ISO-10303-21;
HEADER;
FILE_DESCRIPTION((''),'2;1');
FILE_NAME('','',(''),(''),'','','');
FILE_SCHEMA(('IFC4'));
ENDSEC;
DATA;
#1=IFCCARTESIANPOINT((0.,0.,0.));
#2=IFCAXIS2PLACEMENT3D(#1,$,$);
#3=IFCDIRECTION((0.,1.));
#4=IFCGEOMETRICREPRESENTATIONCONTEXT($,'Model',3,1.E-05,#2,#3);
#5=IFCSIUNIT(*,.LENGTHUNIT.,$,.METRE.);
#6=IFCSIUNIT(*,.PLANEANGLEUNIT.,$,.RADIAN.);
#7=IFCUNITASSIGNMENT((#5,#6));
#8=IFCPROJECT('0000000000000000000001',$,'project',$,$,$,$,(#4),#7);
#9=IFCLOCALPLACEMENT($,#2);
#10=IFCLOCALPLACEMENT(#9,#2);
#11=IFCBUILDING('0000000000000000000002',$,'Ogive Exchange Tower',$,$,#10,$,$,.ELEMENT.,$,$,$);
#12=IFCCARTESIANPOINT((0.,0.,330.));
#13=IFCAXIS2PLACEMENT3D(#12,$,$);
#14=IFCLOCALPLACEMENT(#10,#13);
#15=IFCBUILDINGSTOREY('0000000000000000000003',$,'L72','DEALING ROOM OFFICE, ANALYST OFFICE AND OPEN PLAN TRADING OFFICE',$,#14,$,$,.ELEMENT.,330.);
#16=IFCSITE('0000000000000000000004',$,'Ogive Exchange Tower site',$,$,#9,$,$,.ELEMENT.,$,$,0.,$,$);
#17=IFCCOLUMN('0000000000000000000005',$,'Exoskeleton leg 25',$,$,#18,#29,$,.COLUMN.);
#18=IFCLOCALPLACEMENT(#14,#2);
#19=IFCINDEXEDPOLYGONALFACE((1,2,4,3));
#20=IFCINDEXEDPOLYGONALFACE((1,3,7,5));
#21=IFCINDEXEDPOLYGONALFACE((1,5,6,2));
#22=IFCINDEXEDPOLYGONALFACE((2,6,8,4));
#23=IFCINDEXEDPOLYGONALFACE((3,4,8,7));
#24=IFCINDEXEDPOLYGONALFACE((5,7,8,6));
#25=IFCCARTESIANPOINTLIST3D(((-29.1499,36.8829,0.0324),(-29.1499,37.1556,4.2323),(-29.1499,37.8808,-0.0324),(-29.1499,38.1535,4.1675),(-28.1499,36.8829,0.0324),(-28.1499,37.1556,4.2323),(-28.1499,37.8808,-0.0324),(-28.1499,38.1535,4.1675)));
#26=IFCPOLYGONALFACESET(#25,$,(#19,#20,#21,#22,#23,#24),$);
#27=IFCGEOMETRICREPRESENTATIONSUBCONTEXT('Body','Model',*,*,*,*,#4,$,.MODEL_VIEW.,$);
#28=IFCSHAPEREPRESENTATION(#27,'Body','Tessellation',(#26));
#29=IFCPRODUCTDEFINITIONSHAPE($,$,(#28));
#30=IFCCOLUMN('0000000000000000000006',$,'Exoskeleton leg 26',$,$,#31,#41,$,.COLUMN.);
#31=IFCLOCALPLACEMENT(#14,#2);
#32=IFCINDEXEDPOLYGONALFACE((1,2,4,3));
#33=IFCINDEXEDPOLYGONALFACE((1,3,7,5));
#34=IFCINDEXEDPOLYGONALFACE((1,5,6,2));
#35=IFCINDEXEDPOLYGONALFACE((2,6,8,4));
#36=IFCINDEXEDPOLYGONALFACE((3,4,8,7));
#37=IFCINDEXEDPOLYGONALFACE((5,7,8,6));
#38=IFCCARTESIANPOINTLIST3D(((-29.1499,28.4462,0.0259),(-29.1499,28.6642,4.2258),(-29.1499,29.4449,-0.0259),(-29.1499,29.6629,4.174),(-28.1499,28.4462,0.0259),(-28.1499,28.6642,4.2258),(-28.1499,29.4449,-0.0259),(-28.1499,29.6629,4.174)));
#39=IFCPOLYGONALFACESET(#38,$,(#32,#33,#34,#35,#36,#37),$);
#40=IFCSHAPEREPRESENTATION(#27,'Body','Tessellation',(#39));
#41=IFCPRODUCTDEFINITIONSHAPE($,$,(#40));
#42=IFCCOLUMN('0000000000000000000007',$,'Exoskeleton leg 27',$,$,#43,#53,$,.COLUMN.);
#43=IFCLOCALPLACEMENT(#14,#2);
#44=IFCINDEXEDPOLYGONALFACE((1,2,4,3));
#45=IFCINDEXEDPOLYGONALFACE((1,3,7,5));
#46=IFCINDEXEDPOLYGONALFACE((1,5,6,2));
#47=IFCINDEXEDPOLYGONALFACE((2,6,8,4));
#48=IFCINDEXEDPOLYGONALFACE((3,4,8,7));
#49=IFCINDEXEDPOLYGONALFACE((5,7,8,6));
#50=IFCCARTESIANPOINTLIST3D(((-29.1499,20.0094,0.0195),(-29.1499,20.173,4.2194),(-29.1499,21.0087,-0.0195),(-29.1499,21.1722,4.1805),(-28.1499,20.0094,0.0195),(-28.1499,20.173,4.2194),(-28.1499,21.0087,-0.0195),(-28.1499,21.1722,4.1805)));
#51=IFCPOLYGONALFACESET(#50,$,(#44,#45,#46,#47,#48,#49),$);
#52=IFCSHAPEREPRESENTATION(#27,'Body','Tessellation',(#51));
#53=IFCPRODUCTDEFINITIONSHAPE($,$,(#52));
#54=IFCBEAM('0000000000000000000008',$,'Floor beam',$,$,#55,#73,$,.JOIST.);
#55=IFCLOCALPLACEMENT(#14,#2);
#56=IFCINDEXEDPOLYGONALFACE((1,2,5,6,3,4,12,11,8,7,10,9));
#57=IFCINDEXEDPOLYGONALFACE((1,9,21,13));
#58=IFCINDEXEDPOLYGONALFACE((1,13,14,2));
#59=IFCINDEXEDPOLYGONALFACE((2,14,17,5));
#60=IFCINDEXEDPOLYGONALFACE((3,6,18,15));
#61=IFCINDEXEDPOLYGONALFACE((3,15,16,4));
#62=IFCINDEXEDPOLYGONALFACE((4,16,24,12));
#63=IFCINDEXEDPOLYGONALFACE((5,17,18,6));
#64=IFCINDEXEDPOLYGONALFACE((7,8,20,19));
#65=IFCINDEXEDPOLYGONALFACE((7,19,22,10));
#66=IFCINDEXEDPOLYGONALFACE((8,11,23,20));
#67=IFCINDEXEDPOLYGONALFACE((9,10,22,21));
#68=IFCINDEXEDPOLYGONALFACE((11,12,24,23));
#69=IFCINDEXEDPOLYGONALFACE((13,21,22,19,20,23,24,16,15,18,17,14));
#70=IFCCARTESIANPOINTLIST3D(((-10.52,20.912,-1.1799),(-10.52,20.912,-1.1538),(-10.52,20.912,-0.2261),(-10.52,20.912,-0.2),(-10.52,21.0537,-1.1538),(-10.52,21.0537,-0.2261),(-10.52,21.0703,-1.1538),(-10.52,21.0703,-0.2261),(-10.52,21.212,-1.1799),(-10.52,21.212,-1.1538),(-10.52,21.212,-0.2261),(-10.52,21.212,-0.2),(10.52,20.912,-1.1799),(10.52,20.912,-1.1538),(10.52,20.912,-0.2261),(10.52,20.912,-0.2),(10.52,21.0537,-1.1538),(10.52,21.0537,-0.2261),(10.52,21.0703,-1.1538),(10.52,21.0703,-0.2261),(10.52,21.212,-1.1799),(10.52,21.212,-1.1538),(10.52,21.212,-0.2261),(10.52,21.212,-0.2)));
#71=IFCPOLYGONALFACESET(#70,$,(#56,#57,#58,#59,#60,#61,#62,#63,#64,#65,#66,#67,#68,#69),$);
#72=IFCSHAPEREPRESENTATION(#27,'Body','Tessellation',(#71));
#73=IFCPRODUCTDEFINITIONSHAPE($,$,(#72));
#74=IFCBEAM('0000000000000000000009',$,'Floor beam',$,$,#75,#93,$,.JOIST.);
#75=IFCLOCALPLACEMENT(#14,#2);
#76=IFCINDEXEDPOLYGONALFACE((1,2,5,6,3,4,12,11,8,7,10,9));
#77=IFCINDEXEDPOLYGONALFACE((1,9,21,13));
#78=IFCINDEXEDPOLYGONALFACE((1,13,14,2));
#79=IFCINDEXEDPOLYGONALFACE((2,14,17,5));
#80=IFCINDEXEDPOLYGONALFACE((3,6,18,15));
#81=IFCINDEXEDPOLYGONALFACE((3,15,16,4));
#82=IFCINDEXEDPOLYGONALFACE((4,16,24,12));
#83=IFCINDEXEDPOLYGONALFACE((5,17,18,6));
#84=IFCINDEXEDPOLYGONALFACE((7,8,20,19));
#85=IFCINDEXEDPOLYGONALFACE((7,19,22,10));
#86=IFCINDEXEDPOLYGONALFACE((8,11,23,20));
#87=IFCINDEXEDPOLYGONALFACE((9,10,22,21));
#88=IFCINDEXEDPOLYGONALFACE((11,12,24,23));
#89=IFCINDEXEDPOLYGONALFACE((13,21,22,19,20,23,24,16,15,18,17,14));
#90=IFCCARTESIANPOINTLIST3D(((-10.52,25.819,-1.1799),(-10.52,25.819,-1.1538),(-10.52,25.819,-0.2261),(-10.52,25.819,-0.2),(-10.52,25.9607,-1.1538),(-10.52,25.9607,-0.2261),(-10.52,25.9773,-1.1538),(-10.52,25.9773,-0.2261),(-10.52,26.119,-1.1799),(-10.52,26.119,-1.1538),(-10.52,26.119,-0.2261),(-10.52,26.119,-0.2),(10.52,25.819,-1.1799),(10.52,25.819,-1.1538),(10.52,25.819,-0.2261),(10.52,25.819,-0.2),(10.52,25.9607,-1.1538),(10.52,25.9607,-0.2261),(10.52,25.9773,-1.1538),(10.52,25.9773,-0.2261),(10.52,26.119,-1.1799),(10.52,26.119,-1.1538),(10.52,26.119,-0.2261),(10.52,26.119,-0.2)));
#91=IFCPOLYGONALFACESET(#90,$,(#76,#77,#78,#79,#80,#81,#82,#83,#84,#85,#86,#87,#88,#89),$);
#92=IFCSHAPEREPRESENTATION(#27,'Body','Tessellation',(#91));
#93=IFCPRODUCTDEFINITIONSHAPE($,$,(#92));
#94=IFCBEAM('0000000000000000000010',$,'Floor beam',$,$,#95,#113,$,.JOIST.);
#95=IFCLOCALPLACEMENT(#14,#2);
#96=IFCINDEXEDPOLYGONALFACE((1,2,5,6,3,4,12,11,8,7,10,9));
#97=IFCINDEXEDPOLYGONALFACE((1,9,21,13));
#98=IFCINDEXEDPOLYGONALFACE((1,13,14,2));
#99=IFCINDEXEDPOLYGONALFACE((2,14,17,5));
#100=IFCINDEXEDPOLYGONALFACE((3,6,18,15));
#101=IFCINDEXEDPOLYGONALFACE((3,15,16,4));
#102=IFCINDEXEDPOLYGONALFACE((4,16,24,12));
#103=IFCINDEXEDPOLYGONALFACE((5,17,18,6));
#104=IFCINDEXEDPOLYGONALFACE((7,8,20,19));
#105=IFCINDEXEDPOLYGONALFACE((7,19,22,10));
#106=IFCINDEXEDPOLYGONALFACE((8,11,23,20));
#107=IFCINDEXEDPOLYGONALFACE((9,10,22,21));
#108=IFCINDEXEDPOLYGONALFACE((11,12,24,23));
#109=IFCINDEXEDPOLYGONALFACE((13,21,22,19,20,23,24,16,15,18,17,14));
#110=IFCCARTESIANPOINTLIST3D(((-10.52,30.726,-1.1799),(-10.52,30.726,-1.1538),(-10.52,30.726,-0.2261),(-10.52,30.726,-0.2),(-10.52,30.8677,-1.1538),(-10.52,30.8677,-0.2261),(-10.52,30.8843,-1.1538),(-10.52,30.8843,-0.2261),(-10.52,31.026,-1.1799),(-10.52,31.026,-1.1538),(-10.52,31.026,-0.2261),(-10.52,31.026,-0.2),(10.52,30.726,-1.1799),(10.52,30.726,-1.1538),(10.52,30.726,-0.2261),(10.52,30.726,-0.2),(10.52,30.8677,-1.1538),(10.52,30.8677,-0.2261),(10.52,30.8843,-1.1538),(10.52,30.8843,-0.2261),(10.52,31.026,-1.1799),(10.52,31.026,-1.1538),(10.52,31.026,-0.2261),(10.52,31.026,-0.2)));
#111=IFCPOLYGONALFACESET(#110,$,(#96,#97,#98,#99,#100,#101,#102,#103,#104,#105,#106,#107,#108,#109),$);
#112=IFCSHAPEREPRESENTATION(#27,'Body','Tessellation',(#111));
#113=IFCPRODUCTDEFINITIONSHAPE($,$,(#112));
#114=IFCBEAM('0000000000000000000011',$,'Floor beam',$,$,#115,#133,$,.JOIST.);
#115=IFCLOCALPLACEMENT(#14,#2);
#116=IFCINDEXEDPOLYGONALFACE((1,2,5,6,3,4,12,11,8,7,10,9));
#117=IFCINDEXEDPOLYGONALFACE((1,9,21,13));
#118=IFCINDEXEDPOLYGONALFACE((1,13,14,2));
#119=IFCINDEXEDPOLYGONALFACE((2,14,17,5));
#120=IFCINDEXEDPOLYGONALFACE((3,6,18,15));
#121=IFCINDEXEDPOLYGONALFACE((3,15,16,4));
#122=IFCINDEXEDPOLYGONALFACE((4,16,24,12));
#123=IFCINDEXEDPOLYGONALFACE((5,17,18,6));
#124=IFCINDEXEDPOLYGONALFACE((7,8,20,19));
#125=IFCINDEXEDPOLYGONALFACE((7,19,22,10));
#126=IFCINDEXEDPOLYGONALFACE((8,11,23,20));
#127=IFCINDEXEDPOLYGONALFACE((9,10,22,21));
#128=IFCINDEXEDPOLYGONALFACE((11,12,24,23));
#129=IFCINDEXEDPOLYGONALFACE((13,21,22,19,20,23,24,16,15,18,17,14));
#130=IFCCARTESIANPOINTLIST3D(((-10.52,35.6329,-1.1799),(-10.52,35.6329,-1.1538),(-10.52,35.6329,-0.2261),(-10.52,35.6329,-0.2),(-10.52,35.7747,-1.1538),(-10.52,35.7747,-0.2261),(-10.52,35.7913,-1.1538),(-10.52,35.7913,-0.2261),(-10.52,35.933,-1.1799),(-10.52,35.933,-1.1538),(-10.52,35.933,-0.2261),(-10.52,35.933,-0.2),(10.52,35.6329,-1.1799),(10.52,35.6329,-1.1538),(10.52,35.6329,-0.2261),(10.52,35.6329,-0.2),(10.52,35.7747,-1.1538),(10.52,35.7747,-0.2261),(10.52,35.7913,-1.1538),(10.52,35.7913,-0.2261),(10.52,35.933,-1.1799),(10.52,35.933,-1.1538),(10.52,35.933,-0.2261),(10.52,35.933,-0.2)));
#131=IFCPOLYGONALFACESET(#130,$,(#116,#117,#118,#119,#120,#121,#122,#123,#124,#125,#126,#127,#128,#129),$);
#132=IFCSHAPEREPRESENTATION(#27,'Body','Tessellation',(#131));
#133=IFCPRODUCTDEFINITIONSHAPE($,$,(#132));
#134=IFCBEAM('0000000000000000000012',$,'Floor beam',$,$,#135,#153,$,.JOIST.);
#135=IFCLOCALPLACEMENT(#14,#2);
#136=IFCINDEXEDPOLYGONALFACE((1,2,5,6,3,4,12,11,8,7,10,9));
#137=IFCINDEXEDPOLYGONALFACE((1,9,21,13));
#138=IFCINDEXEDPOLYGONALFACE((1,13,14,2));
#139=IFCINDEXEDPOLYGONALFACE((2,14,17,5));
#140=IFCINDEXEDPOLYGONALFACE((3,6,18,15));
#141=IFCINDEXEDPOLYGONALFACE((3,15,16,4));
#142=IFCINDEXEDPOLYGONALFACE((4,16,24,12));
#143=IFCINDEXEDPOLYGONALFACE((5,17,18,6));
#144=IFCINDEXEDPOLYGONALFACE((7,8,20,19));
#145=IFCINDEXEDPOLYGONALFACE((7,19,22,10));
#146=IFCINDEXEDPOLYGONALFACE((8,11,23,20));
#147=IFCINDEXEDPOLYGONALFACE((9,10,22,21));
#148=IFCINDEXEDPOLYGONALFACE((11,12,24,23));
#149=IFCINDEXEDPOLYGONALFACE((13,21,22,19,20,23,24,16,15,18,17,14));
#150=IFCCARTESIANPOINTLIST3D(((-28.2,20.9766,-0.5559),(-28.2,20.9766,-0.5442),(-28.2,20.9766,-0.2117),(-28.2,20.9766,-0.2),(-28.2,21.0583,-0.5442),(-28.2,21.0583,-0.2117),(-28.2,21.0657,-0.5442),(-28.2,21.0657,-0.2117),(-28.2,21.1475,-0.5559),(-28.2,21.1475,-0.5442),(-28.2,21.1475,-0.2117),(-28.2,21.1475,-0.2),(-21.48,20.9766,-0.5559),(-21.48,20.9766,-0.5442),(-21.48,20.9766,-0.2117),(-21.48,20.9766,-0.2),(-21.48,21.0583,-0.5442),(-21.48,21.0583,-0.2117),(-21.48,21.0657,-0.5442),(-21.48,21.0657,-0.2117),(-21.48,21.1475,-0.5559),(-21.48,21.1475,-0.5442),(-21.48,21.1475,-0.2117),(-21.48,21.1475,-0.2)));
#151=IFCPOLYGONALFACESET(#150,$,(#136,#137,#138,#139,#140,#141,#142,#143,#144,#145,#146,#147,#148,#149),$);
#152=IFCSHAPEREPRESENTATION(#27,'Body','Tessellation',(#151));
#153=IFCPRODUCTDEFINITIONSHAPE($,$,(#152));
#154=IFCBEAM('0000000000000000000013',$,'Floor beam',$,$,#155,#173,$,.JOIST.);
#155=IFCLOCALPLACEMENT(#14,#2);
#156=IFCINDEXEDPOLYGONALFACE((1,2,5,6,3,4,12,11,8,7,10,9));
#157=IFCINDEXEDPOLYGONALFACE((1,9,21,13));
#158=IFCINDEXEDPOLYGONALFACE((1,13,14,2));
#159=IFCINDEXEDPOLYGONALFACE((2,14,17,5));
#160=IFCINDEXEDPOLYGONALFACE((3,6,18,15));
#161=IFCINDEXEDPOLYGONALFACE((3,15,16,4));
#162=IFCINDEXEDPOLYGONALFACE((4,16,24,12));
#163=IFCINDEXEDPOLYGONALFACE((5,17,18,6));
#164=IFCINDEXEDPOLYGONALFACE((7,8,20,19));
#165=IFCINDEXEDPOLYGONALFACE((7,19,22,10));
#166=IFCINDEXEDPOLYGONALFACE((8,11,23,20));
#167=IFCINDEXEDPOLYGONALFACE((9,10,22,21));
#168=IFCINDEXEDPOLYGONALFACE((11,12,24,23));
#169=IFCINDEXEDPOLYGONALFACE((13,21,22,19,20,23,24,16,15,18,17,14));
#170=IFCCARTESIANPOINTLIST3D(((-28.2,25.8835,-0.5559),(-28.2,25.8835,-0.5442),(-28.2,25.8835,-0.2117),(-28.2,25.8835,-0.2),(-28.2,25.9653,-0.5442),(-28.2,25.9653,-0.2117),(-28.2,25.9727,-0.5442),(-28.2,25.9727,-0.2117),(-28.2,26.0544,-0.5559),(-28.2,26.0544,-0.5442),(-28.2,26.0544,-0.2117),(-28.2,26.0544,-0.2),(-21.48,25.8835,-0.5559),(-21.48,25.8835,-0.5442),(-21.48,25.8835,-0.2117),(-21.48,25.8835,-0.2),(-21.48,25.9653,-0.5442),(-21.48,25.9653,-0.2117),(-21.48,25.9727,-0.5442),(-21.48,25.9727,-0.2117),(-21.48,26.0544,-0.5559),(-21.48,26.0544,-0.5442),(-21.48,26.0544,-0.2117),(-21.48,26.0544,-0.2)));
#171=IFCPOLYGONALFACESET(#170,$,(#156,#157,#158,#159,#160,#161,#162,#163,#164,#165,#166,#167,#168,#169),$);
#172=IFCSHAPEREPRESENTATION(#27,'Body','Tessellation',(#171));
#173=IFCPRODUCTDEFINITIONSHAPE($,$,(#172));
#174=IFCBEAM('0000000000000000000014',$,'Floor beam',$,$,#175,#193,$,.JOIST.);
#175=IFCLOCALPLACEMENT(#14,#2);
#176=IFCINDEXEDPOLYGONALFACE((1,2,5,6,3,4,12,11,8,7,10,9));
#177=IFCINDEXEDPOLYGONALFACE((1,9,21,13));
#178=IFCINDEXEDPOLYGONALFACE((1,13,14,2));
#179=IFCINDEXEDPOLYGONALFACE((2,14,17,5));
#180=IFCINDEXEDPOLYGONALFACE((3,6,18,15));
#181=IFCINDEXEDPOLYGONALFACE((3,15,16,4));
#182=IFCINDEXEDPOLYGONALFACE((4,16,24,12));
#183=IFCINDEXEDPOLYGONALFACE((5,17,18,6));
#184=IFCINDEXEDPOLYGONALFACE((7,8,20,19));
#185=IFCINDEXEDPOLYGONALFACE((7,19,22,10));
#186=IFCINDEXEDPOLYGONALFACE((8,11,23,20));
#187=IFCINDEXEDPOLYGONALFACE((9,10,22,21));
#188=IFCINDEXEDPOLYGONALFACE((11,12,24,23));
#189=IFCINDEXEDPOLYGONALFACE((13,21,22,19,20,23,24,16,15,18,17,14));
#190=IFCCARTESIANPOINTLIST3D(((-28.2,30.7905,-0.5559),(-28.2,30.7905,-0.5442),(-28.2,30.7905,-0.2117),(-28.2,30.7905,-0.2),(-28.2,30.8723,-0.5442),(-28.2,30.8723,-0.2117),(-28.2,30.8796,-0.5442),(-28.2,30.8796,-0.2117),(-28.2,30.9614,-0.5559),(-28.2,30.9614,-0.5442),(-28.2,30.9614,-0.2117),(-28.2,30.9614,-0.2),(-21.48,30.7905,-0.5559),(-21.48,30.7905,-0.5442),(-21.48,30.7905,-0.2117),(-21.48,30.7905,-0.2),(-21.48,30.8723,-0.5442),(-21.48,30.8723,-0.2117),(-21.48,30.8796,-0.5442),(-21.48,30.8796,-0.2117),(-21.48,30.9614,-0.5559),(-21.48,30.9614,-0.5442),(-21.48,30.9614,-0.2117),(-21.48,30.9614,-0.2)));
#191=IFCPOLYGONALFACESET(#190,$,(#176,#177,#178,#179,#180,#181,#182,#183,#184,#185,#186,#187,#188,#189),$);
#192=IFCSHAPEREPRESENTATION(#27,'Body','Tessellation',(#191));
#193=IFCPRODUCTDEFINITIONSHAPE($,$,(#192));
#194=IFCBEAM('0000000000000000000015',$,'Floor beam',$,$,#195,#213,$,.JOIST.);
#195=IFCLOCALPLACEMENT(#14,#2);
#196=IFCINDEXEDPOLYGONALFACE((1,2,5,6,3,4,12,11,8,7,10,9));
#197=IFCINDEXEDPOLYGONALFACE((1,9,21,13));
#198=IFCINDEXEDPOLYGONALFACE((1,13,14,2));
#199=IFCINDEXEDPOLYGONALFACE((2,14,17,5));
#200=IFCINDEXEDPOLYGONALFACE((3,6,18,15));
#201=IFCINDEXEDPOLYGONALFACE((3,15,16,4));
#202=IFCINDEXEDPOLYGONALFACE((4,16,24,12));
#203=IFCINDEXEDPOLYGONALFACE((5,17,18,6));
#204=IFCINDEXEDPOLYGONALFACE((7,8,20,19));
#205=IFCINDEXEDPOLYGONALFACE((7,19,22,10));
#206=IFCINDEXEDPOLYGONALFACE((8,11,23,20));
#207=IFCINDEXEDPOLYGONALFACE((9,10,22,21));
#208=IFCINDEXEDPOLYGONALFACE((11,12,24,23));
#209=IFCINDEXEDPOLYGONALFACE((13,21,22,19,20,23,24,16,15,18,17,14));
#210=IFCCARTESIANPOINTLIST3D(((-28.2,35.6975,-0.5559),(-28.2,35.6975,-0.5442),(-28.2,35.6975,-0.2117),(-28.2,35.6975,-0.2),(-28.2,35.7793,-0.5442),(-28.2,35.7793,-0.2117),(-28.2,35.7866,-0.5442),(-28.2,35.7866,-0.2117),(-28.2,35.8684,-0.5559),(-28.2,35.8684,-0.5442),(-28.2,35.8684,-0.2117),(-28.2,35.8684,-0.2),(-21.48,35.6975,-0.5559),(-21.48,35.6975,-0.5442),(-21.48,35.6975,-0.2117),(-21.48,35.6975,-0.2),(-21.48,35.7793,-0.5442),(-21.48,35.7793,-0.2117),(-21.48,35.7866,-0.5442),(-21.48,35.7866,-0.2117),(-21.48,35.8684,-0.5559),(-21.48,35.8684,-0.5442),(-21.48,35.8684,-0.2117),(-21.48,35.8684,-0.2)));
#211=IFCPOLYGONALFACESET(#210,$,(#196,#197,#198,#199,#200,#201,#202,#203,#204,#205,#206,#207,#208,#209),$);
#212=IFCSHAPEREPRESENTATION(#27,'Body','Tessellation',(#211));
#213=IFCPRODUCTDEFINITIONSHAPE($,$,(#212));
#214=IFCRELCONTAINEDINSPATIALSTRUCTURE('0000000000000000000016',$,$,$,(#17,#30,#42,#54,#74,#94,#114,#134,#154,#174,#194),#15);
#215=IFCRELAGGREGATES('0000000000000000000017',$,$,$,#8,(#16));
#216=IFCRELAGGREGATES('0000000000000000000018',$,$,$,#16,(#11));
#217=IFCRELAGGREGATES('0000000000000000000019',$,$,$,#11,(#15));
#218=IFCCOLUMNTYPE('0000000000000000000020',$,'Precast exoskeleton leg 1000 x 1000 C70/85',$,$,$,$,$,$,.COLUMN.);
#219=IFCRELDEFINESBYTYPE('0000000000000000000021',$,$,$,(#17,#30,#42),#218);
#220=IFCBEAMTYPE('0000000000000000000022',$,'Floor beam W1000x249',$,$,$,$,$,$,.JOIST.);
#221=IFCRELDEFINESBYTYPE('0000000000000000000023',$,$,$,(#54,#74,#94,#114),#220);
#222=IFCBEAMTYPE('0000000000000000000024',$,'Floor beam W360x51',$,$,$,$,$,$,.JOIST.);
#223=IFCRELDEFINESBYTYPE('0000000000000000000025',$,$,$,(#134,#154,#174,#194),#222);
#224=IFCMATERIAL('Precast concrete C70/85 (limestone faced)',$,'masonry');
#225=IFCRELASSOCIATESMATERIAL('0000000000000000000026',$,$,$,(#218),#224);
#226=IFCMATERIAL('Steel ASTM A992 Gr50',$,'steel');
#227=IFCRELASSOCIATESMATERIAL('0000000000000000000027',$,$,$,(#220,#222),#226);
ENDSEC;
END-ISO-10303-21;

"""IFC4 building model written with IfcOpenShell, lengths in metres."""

from ifc_helpers import new_model, si_unit, direction, frame, origin, origin_2d, place, context, subcontext, project, spatial, rectangle, i_section, extrude, material, material_profile, profile_set, type_object, element, save


model = new_model("IFC4")

# Units and contexts
model_context = context("Model", 3, precision=1e-05, world=origin(), true_north=direction((0.0, 1.0)))
body_context = subcontext(model_context, "Body", "Model", "MODEL_VIEW")
ifc_project = project(units=[si_unit("LENGTHUNIT", "METRE"), si_unit("PLANEANGLEUNIT", "RADIAN")], contexts=[model_context])

# Site, building, storey
site_placement = place(None, origin())
site = spatial("IfcSite", under=ifc_project, at=site_placement, Name="Ogive Exchange Tower site", CompositionType="ELEMENT", RefElevation=0.0)
building_placement = place(site_placement, origin())
building = spatial("IfcBuilding", under=site, at=building_placement, Name="Ogive Exchange Tower", CompositionType="ELEMENT")
storey_placement = place(building_placement, frame((0.0, 0.0, 330.0)))
storey = spatial("IfcBuildingStorey", under=building, at=storey_placement, Name="L72", Description="DEALING ROOM OFFICE, ANALYST OFFICE AND OPEN PLAN TRADING OFFICE", CompositionType="ELEMENT", Elevation=330.0)

# Columns
ifc_material_1 = material(Name="Precast concrete C70/85 (limestone faced)", Category="masonry")
ifc_material_profile_1 = material_profile(ifc_material_1, rectangle(XDim=1.0, YDim=1.0, at=origin_2d()), Name="1000 x 1000")
ifc_profile_set_1 = profile_set([ifc_material_profile_1], Name="Precast concrete C70/85 (limestone faced)")
column_type = type_object("IfcColumnType", Name="Precast exoskeleton leg 1000 x 1000 C70/85", PredefinedType="COLUMN", material=ifc_profile_set_1)
column_1_placement = place(storey_placement, frame((-28.6499, 37.3818, 0.0), z_axis=(0.0, 0.064794, 0.997899), x_axis=(-1.0, 0.0, 0.0)))
element("IfcColumn", 1, at=column_1_placement, inside=storey, type_object=column_type, Name="Exoskeleton leg 25", PredefinedType="COLUMN", context=body_context, shape_type="SweptSolid", body=[
    extrude(rectangle(XDim=1.0, YDim=1.0, at=origin_2d()), origin(), (0.0, 0.0, 1.0), 4.2087),
])
column_2_placement = place(storey_placement, frame((-28.6499, 28.9456, 0.0), z_axis=(0.0, 0.05184, 0.998655), x_axis=(-1.0, 0.0, 0.0)))
element("IfcColumn", 2, at=column_2_placement, inside=storey, type_object=column_type, Name="Exoskeleton leg 26", PredefinedType="COLUMN", context=body_context, shape_type="SweptSolid", body=[
    extrude(rectangle(XDim=1.0, YDim=1.0, at=origin_2d()), origin(), (0.0, 0.0, 1.0), 4.2056),
])
column_3_placement = place(storey_placement, frame((-28.6499, 20.509, 0.0), z_axis=(0.0, 0.038917, 0.999242), x_axis=(-1.0, 0.0, 0.0)))
element("IfcColumn", 3, at=column_3_placement, inside=storey, type_object=column_type, Name="Exoskeleton leg 27", PredefinedType="COLUMN", context=body_context, shape_type="SweptSolid", body=[
    extrude(rectangle(XDim=1.0, YDim=1.0, at=origin_2d()), origin(), (0.0, 0.0, 1.0), 4.2031),
])

# Beams
ifc_material_2 = material(Name="Steel ASTM A992 Gr50", Category="steel")
ifc_material_profile_2 = material_profile(ifc_material_2, i_section(OverallWidth=0.3, OverallDepth=0.98, WebThickness=0.0166, FlangeThickness=0.0261, at=origin_2d()), Name="W1000x249")
ifc_profile_set_2 = profile_set([ifc_material_profile_2], Name="Steel ASTM A992 Gr50")
beam_type_1 = type_object("IfcBeamType", Name="Floor beam W1000x249", PredefinedType="JOIST", material=ifc_profile_set_2)
for number, where, z_axis, x_axis, name in (
    (4, (-10.52, 21.062, -0.6899), (1.0, 0.0, 0.0), (0.0, 1.0, 0.0), "Floor beam"),
    (5, (-10.52, 25.969, -0.6899), (1.0, 0.0, 0.0), (0.0, 1.0, 0.0), "Floor beam"),
    (6, (-10.52, 30.876, -0.6899), (1.0, 0.0, 0.0), (0.0, 1.0, 0.0), "Floor beam"),
    (7, (-10.52, 35.783, -0.6899), (1.0, 0.0, 0.0), (0.0, 1.0, 0.0), "Floor beam"),
):
    element("IfcBeam", number, at=place(storey_placement, frame(where, z_axis=z_axis, x_axis=x_axis)), inside=storey, type_object=beam_type_1, Name=name, PredefinedType="JOIST", context=body_context, shape_type="SweptSolid", body=[
        extrude(i_section(OverallWidth=0.3, OverallDepth=0.98, WebThickness=0.0166, FlangeThickness=0.0261, at=origin_2d()), origin(), (0.0, 0.0, 1.0), 21.04),
    ])
ifc_material_profile_3 = material_profile(ifc_material_2, i_section(OverallWidth=0.1709, OverallDepth=0.356, WebThickness=0.0073, FlangeThickness=0.0117, at=origin_2d()), Name="W360x51")
ifc_profile_set_3 = profile_set([ifc_material_profile_3], Name="Steel ASTM A992 Gr50")
beam_type_2 = type_object("IfcBeamType", Name="Floor beam W360x51", PredefinedType="JOIST", material=ifc_profile_set_3)
for number, where, z_axis, x_axis, name in (
    (8, (-28.2, 21.062, -0.3779), (1.0, 0.0, 0.0), (0.0, 1.0, 0.0), "Floor beam"),
    (9, (-28.2, 25.969, -0.3779), (1.0, 0.0, 0.0), (0.0, 1.0, 0.0), "Floor beam"),
    (10, (-28.2, 30.876, -0.3779), (1.0, 0.0, 0.0), (0.0, 1.0, 0.0), "Floor beam"),
    (11, (-28.2, 35.783, -0.3779), (1.0, 0.0, 0.0), (0.0, 1.0, 0.0), "Floor beam"),
):
    element("IfcBeam", number, at=place(storey_placement, frame(where, z_axis=z_axis, x_axis=x_axis)), inside=storey, type_object=beam_type_2, Name=name, PredefinedType="JOIST", context=body_context, shape_type="SweptSolid", body=[
        extrude(i_section(OverallWidth=0.1709, OverallDepth=0.356, WebThickness=0.0073, FlangeThickness=0.0117, at=origin_2d()), origin(), (0.0, 0.0, 1.0), 6.72),
    ])

save(model, "model.ifc")
